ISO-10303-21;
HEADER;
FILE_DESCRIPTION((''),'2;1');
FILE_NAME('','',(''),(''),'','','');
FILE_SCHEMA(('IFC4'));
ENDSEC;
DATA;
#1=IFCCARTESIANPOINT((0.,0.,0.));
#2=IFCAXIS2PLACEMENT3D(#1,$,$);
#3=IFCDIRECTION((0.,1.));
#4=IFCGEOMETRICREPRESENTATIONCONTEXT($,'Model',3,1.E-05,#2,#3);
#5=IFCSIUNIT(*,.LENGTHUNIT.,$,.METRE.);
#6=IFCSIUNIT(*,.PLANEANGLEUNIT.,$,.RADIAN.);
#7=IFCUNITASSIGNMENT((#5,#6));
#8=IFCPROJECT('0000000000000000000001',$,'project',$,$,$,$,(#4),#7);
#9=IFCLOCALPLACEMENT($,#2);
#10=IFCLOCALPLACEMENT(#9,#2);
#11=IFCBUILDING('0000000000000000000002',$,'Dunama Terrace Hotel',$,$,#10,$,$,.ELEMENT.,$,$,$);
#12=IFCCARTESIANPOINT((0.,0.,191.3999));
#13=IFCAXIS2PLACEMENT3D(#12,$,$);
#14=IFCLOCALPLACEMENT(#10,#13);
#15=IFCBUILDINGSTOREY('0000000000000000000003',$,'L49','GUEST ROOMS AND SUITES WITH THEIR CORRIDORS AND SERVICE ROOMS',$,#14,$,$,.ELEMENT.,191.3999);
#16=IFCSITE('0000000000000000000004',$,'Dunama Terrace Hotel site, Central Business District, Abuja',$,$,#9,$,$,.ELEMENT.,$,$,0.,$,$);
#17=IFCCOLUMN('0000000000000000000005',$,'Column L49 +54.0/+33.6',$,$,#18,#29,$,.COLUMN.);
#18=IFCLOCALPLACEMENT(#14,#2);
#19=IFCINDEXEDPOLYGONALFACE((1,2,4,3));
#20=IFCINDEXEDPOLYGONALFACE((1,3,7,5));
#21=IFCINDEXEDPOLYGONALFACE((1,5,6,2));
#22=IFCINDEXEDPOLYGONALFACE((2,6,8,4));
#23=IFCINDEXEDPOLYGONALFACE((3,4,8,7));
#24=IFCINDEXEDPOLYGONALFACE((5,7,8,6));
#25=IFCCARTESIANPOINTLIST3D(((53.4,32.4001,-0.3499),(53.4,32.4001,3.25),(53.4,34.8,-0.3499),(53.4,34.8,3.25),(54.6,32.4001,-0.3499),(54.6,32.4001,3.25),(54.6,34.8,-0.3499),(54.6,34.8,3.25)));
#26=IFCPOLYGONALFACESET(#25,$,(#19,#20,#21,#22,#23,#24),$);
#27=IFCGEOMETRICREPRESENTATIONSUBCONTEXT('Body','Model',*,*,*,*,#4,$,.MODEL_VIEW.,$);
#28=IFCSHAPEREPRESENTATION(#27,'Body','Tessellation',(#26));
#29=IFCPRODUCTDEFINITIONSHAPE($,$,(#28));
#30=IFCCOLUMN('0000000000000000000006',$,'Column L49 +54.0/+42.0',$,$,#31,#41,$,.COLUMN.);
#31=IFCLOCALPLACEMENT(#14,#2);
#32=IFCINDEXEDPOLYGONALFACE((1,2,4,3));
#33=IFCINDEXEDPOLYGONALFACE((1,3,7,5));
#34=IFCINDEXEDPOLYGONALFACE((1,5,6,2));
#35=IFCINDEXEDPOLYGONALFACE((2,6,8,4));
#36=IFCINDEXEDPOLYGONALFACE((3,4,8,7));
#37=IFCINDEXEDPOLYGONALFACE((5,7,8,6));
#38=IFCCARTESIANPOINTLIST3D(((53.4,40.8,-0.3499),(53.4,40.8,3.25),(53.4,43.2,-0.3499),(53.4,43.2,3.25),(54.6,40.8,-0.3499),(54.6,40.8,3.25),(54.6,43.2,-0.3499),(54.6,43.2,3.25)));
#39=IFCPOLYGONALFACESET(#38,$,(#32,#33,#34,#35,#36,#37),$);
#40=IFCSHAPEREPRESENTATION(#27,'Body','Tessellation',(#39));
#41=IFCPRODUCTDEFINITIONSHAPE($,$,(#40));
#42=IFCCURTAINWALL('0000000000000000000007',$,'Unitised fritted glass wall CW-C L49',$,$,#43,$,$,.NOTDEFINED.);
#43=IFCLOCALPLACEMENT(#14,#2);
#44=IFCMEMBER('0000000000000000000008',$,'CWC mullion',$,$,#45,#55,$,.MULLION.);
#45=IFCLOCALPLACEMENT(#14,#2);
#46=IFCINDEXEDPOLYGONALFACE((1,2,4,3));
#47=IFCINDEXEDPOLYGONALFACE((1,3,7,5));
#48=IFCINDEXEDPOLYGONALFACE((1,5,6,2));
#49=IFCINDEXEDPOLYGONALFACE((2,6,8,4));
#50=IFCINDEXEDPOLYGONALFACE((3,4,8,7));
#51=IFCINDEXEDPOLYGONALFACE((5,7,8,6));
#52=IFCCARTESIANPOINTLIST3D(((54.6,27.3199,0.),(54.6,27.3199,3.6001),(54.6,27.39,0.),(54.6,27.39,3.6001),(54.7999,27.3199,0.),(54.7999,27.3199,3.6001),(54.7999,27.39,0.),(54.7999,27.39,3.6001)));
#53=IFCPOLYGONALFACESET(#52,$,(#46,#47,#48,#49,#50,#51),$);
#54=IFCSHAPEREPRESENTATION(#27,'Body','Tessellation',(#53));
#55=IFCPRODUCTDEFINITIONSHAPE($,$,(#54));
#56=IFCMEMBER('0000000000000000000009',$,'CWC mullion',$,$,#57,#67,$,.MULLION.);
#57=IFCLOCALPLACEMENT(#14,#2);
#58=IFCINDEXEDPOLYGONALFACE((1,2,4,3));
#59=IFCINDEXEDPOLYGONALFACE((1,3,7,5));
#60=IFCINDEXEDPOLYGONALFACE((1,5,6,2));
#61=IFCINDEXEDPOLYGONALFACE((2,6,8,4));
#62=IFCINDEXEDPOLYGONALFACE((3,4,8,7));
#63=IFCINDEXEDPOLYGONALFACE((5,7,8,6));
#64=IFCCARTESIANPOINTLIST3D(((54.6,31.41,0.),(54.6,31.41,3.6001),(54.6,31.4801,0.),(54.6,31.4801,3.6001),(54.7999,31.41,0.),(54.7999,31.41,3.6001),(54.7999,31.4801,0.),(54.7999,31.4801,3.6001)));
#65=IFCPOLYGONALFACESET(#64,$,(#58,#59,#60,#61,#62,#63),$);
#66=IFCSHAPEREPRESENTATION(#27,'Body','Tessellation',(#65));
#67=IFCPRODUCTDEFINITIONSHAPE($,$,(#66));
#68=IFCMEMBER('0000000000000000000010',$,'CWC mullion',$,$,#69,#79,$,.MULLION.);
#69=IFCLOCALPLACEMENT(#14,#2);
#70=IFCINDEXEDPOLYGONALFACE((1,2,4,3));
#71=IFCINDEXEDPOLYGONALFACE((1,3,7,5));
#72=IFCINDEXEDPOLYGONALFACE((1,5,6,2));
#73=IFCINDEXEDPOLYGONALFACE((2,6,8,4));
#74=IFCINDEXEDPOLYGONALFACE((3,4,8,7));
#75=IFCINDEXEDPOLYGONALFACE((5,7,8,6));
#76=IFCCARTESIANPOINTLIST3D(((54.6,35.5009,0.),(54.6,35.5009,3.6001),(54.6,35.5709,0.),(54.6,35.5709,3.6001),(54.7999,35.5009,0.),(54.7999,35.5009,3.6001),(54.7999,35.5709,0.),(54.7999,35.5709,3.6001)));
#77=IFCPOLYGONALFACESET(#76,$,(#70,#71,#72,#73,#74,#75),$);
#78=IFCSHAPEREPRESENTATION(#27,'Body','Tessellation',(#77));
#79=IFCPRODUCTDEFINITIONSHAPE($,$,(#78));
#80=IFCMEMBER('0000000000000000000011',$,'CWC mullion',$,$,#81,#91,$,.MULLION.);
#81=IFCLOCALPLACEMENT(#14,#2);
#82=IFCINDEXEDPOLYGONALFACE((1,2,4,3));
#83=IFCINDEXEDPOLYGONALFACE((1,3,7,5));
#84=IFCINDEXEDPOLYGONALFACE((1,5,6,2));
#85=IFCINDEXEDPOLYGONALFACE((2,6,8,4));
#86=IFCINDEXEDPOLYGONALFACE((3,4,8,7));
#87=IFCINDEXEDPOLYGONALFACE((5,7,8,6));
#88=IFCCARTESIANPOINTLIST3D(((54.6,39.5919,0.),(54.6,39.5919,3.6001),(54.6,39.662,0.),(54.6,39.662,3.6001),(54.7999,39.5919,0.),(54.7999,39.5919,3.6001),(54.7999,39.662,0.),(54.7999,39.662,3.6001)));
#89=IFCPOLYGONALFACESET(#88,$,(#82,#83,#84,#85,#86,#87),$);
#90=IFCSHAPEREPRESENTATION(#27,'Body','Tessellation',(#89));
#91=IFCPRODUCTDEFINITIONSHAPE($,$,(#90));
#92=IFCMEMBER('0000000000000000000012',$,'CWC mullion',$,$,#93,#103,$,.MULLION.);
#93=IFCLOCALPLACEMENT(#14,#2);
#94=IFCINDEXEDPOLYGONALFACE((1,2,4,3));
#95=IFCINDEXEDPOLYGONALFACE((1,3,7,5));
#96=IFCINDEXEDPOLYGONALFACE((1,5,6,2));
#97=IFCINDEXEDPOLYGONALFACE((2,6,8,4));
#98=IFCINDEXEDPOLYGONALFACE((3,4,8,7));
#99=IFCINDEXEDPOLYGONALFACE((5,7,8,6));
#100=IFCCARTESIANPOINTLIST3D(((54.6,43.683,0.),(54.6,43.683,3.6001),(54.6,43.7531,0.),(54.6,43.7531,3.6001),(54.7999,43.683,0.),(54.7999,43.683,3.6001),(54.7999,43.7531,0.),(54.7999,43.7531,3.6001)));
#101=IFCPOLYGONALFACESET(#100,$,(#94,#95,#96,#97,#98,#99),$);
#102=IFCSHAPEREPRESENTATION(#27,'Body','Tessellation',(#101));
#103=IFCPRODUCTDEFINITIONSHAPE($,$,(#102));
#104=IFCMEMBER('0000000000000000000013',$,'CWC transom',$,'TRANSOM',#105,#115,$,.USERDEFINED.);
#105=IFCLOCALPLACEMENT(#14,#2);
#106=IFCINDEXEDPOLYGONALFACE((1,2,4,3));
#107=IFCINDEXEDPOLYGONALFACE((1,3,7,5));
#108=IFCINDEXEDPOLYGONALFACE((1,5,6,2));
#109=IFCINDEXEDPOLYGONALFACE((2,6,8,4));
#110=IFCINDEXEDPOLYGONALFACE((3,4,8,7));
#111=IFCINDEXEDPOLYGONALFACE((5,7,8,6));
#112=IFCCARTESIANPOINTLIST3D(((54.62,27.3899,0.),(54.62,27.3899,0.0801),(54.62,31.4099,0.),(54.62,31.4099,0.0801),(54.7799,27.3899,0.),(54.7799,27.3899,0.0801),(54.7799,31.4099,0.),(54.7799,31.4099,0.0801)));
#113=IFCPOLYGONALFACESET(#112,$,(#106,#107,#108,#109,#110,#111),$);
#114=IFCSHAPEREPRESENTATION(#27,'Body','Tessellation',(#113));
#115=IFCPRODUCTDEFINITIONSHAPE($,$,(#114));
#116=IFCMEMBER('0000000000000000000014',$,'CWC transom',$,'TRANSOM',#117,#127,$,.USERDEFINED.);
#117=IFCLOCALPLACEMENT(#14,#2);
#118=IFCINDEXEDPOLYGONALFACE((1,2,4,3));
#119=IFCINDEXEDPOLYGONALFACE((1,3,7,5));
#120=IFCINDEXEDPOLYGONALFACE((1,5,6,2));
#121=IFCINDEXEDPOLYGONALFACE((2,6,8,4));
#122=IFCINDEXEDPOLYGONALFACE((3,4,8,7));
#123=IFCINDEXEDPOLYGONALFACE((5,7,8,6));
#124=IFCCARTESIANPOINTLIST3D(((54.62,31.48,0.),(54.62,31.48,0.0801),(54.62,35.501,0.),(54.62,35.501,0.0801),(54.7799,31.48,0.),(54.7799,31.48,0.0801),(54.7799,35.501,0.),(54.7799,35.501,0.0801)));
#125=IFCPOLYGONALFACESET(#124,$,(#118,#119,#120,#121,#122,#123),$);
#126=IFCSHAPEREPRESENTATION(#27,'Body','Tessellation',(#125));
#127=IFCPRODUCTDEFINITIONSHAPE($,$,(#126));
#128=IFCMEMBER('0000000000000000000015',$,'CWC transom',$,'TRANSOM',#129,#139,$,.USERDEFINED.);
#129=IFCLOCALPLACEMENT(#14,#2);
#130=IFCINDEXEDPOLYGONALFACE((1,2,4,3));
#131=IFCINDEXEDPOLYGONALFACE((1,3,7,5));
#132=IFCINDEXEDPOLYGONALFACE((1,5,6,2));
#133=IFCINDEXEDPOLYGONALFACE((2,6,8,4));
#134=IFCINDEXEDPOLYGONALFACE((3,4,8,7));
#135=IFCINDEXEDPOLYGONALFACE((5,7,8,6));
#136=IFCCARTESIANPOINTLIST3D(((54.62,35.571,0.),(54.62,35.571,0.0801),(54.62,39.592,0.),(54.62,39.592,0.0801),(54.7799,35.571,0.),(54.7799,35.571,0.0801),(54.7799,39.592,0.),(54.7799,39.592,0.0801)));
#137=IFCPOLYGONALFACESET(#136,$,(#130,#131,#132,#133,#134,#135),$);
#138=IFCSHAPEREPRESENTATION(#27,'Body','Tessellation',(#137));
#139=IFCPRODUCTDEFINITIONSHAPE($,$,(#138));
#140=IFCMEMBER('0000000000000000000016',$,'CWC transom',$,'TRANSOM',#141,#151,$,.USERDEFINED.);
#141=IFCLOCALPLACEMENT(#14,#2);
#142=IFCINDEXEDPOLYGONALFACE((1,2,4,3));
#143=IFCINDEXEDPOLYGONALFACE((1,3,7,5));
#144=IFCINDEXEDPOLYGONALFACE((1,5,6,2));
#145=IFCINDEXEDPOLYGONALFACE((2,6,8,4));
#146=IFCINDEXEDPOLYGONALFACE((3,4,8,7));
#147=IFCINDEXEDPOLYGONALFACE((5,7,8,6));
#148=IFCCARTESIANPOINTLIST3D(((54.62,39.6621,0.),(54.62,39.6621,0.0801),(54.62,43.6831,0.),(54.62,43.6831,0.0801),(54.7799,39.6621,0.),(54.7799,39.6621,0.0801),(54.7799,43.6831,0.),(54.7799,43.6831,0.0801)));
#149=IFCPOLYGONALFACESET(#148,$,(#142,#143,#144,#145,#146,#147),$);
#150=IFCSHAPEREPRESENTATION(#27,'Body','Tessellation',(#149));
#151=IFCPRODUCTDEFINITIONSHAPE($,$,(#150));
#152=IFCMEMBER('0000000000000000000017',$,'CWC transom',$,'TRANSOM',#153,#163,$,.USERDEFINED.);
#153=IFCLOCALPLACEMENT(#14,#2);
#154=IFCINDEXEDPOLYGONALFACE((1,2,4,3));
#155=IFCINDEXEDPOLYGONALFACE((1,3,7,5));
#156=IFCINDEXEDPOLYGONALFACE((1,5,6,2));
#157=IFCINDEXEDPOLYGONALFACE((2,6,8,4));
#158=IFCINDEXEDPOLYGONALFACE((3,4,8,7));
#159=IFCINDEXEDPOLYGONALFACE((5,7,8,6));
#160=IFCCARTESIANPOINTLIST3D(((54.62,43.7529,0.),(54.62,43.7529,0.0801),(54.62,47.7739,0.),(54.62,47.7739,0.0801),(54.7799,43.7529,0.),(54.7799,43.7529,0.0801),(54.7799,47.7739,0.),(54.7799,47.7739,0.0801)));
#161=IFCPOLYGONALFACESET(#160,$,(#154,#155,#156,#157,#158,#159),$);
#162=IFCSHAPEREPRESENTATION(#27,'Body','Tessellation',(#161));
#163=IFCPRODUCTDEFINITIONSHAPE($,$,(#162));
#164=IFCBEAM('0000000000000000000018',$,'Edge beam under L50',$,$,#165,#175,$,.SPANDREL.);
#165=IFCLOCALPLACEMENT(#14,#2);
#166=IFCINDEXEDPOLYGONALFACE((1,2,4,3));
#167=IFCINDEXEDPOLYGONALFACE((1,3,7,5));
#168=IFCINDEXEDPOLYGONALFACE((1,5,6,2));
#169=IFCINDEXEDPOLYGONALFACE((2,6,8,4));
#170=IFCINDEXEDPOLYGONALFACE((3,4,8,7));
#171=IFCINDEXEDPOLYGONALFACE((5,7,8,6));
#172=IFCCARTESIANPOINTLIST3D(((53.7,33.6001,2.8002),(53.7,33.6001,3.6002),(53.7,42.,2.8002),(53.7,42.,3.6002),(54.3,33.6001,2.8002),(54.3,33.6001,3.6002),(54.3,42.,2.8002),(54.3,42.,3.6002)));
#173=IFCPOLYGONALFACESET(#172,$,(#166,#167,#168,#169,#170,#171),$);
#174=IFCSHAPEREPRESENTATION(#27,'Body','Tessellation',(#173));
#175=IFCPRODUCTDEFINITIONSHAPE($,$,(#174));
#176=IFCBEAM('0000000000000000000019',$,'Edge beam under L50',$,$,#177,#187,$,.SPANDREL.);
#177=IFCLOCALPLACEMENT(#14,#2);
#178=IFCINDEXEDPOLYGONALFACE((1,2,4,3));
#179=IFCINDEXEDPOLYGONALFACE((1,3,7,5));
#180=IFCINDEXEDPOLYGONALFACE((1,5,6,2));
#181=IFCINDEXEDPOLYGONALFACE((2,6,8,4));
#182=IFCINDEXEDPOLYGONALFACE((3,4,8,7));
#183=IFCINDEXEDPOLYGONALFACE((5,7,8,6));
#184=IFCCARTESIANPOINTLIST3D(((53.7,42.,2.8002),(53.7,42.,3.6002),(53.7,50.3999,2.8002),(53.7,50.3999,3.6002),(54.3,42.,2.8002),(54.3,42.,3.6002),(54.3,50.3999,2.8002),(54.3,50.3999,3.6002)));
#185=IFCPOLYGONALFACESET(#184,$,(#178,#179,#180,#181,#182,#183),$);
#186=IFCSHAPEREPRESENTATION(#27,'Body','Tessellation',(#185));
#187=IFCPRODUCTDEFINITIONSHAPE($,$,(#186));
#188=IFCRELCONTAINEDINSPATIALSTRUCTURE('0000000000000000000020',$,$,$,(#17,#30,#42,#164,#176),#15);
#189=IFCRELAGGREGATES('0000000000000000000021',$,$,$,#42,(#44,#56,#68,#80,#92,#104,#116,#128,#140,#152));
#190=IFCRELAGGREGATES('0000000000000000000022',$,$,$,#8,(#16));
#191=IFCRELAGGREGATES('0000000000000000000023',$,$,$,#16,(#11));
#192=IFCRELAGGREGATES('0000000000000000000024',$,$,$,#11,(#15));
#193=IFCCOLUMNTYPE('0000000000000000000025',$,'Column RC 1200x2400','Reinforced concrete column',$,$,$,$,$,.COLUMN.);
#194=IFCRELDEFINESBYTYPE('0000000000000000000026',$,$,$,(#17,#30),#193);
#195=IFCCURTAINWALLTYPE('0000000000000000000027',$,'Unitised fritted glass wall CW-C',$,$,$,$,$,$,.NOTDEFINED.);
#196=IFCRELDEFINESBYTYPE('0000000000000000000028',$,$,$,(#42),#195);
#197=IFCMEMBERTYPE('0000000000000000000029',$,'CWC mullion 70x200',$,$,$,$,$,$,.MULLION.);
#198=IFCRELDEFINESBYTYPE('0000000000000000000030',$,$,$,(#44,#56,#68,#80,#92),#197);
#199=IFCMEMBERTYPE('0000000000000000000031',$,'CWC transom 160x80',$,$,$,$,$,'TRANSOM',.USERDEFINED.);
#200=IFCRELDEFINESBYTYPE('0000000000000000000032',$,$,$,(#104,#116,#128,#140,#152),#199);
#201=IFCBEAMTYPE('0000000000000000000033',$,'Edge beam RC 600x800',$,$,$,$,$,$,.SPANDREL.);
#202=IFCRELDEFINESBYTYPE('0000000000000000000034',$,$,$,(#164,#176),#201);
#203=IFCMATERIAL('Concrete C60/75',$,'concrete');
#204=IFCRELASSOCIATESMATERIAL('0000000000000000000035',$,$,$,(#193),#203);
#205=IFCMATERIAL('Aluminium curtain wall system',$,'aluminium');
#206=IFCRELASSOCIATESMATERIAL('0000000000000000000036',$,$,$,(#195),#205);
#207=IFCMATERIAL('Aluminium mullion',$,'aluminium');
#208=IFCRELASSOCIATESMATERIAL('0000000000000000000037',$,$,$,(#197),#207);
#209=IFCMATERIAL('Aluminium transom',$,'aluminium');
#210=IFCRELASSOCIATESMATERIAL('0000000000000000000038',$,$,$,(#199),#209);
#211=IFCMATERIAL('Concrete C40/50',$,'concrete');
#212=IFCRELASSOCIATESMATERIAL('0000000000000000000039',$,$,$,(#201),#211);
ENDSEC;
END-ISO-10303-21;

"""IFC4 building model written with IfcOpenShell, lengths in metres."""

from ifc_helpers import new_model, si_unit, direction, frame, origin, origin_2d, place, context, subcontext, project, spatial, rectangle, extrude, material, material_profile, profile_set, type_object, element, aggregate, save


model = new_model("IFC4")

# Units and contexts
model_context = context("Model", 3, precision=1e-05, world=origin(), true_north=direction((0.0, 1.0)))
body_context = subcontext(model_context, "Body", "Model", "MODEL_VIEW")
ifc_project = project(units=[si_unit("LENGTHUNIT", "METRE"), si_unit("PLANEANGLEUNIT", "RADIAN")], contexts=[model_context])

# Site, building, storey
site_placement = place(None, origin())
site = spatial("IfcSite", under=ifc_project, at=site_placement, Name="Dunama Terrace Hotel site, Central Business District, Abuja", CompositionType="ELEMENT", RefElevation=0.0)
building_placement = place(site_placement, origin())
building = spatial("IfcBuilding", under=site, at=building_placement, Name="Dunama Terrace Hotel", CompositionType="ELEMENT")
storey_placement = place(building_placement, frame((0.0, 0.0, 191.3999)))
storey = spatial("IfcBuildingStorey", under=building, at=storey_placement, Name="L49", Description="GUEST ROOMS AND SUITES WITH THEIR CORRIDORS AND SERVICE ROOMS", CompositionType="ELEMENT", Elevation=191.3999)

# Columns
ifc_material_1 = material(Name="Concrete C60/75", Category="concrete")
ifc_material_profile_1 = material_profile(ifc_material_1, rectangle(XDim=1.2, YDim=2.3999, at=origin_2d()), Name="RC 1200x2400")
ifc_profile_set_1 = profile_set([ifc_material_profile_1], Name="Concrete C60/75")
column_type = type_object("IfcColumnType", Name="Column RC 1200x2400", Description="Reinforced concrete column", PredefinedType="COLUMN", material=ifc_profile_set_1)
for number, where, z_axis, x_axis, name in (
    (1, (54.0, 33.6001, -0.3499), (0.0, 0.0, 1.0), (1.0, 0.0, 0.0), "Column L49 +54.0/+33.6"),
    (2, (54.0, 42.0, -0.3499), (0.0, 0.0, 1.0), (1.0, 0.0, 0.0), "Column L49 +54.0/+42.0"),
):
    element("IfcColumn", number, at=place(storey_placement, frame(where, z_axis=z_axis, x_axis=x_axis)), inside=storey, type_object=column_type, Name=name, PredefinedType="COLUMN", context=body_context, shape_type="SweptSolid", body=[
        extrude(rectangle(XDim=1.2, YDim=2.3999, at=origin_2d()), origin(), (0.0, 0.0, 1.0), 3.5999),
    ])

# Curtain wall, members
ifc_material_2 = material(Name="Aluminium curtain wall system", Category="aluminium")
curtain_wall_type = type_object("IfcCurtainWallType", Name="Unitised fritted glass wall CW-C", PredefinedType="NOTDEFINED", material=ifc_material_2)
curtain_wall_placement = place(storey_placement, origin())
curtain_wall = element("IfcCurtainWall", 3, at=curtain_wall_placement, inside=storey, type_object=curtain_wall_type, Name="Unitised fritted glass wall CW-C L49", PredefinedType="NOTDEFINED")
ifc_material_3 = material(Name="Aluminium mullion", Category="aluminium")
ifc_material_profile_2 = material_profile(ifc_material_3, rectangle(XDim=0.0701, YDim=0.2, at=origin_2d()), Name="CWC MULLION 70X200")
ifc_profile_set_2 = profile_set([ifc_material_profile_2], Name="Aluminium mullion")
member_type_1 = type_object("IfcMemberType", Name="CWC mullion 70x200", PredefinedType="MULLION", material=ifc_profile_set_2)
member_1_placement = place(storey_placement, frame((54.7, 27.355, 0.0), z_axis=(0.0, 0.0, 1.0), x_axis=(0.0, 1.0, 0.0)))
member_1 = element("IfcMember", 4, at=member_1_placement, type_object=member_type_1, Name="CWC mullion", PredefinedType="MULLION", context=body_context, shape_type="SweptSolid", body=[
    extrude(rectangle(XDim=0.0701, YDim=0.2, at=origin_2d()), origin(), (0.0, 0.0, 1.0), 3.6001),
])
member_2_placement = place(storey_placement, frame((54.7, 31.4451, 0.0), z_axis=(0.0, 0.0, 1.0), x_axis=(0.0, 1.0, 0.0)))
member_2 = element("IfcMember", 5, at=member_2_placement, type_object=member_type_1, Name="CWC mullion", PredefinedType="MULLION", context=body_context, shape_type="SweptSolid", body=[
    extrude(rectangle(XDim=0.0701, YDim=0.2, at=origin_2d()), origin(), (0.0, 0.0, 1.0), 3.6001),
])
member_3_placement = place(storey_placement, frame((54.7, 35.5359, 0.0), z_axis=(0.0, 0.0, 1.0), x_axis=(0.0, 1.0, 0.0)))
member_3 = element("IfcMember", 6, at=member_3_placement, type_object=member_type_1, Name="CWC mullion", PredefinedType="MULLION", context=body_context, shape_type="SweptSolid", body=[
    extrude(rectangle(XDim=0.0701, YDim=0.2, at=origin_2d()), origin(), (0.0, 0.0, 1.0), 3.6001),
])
member_4_placement = place(storey_placement, frame((54.7, 39.627, 0.0), z_axis=(0.0, 0.0, 1.0), x_axis=(0.0, 1.0, 0.0)))
member_4 = element("IfcMember", 7, at=member_4_placement, type_object=member_type_1, Name="CWC mullion", PredefinedType="MULLION", context=body_context, shape_type="SweptSolid", body=[
    extrude(rectangle(XDim=0.0701, YDim=0.2, at=origin_2d()), origin(), (0.0, 0.0, 1.0), 3.6001),
])
member_5_placement = place(storey_placement, frame((54.7, 43.718, 0.0), z_axis=(0.0, 0.0, 1.0), x_axis=(0.0, 1.0, 0.0)))
member_5 = element("IfcMember", 8, at=member_5_placement, type_object=member_type_1, Name="CWC mullion", PredefinedType="MULLION", context=body_context, shape_type="SweptSolid", body=[
    extrude(rectangle(XDim=0.0701, YDim=0.2, at=origin_2d()), origin(), (0.0, 0.0, 1.0), 3.6001),
])
ifc_material_4 = material(Name="Aluminium transom", Category="aluminium")
ifc_material_profile_3 = material_profile(ifc_material_4, rectangle(XDim=0.1599, YDim=0.0801, at=origin_2d()), Name="CWC TRANSOM 160X80")
ifc_profile_set_3 = profile_set([ifc_material_profile_3], Name="Aluminium transom")
member_type_2 = type_object("IfcMemberType", Name="CWC transom 160x80", ElementType="TRANSOM", PredefinedType="USERDEFINED", material=ifc_profile_set_3)
member_6_placement = place(storey_placement, frame((54.7, 27.3899, 0.04), z_axis=(0.0, 1.0, 0.0), x_axis=(-1.0, 0.0, 0.0)))
member_6 = element("IfcMember", 9, at=member_6_placement, type_object=member_type_2, Name="CWC transom", ObjectType="TRANSOM", PredefinedType="USERDEFINED", context=body_context, shape_type="SweptSolid", body=[
    extrude(rectangle(XDim=0.1599, YDim=0.0801, at=origin_2d()), origin(), (0.0, 0.0, 1.0), 4.02),
])
member_7_placement = place(storey_placement, frame((54.7, 31.48, 0.04), z_axis=(0.0, 1.0, 0.0), x_axis=(-1.0, 0.0, 0.0)))
member_7 = element("IfcMember", 10, at=member_7_placement, type_object=member_type_2, Name="CWC transom", ObjectType="TRANSOM", PredefinedType="USERDEFINED", context=body_context, shape_type="SweptSolid", body=[
    extrude(rectangle(XDim=0.1599, YDim=0.0801, at=origin_2d()), origin(), (0.0, 0.0, 1.0), 4.021),
])
member_8_placement = place(storey_placement, frame((54.7, 35.571, 0.04), z_axis=(0.0, 1.0, 0.0), x_axis=(-1.0, 0.0, 0.0)))
member_8 = element("IfcMember", 11, at=member_8_placement, type_object=member_type_2, Name="CWC transom", ObjectType="TRANSOM", PredefinedType="USERDEFINED", context=body_context, shape_type="SweptSolid", body=[
    extrude(rectangle(XDim=0.1599, YDim=0.0801, at=origin_2d()), origin(), (0.0, 0.0, 1.0), 4.021),
])
member_9_placement = place(storey_placement, frame((54.7, 39.6621, 0.04), z_axis=(0.0, 1.0, 0.0), x_axis=(-1.0, 0.0, 0.0)))
member_9 = element("IfcMember", 12, at=member_9_placement, type_object=member_type_2, Name="CWC transom", ObjectType="TRANSOM", PredefinedType="USERDEFINED", context=body_context, shape_type="SweptSolid", body=[
    extrude(rectangle(XDim=0.1599, YDim=0.0801, at=origin_2d()), origin(), (0.0, 0.0, 1.0), 4.021),
])
member_10_placement = place(storey_placement, frame((54.7, 43.7529, 0.04), z_axis=(0.0, 1.0, 0.0), x_axis=(-1.0, 0.0, 0.0)))
member_10 = element("IfcMember", 13, at=member_10_placement, type_object=member_type_2, Name="CWC transom", ObjectType="TRANSOM", PredefinedType="USERDEFINED", context=body_context, shape_type="SweptSolid", body=[
    extrude(rectangle(XDim=0.1599, YDim=0.0801, at=origin_2d()), origin(), (0.0, 0.0, 1.0), 4.021),
])

# Beams
ifc_material_5 = material(Name="Concrete C40/50", Category="concrete")
ifc_material_profile_4 = material_profile(ifc_material_5, rectangle(XDim=0.6001, YDim=0.8, at=origin_2d()), Name="RC 600x800")
ifc_profile_set_4 = profile_set([ifc_material_profile_4], Name="Concrete C40/50")
beam_type = type_object("IfcBeamType", Name="Edge beam RC 600x800", PredefinedType="SPANDREL", material=ifc_profile_set_4)
for number, where, z_axis, x_axis, name in (
    (14, (54.0, 33.6001, 3.2002), (0.0, 1.0, 0.0), (-1.0, 0.0, 0.0), "Edge beam under L50"),
    (15, (54.0, 42.0, 3.2002), (0.0, 1.0, 0.0), (-1.0, 0.0, 0.0), "Edge beam under L50"),
):
    element("IfcBeam", number, at=place(storey_placement, frame(where, z_axis=z_axis, x_axis=x_axis)), inside=storey, type_object=beam_type, Name=name, PredefinedType="SPANDREL", context=body_context, shape_type="SweptSolid", body=[
        extrude(rectangle(XDim=0.6001, YDim=0.8, at=origin_2d()), origin(), (0.0, 0.0, 1.0), 8.3999),
    ])

aggregate(curtain_wall, [member_1, member_2, member_3, member_4, member_5, member_6, member_7, member_8, member_9, member_10])

save(model, "model.ifc")
